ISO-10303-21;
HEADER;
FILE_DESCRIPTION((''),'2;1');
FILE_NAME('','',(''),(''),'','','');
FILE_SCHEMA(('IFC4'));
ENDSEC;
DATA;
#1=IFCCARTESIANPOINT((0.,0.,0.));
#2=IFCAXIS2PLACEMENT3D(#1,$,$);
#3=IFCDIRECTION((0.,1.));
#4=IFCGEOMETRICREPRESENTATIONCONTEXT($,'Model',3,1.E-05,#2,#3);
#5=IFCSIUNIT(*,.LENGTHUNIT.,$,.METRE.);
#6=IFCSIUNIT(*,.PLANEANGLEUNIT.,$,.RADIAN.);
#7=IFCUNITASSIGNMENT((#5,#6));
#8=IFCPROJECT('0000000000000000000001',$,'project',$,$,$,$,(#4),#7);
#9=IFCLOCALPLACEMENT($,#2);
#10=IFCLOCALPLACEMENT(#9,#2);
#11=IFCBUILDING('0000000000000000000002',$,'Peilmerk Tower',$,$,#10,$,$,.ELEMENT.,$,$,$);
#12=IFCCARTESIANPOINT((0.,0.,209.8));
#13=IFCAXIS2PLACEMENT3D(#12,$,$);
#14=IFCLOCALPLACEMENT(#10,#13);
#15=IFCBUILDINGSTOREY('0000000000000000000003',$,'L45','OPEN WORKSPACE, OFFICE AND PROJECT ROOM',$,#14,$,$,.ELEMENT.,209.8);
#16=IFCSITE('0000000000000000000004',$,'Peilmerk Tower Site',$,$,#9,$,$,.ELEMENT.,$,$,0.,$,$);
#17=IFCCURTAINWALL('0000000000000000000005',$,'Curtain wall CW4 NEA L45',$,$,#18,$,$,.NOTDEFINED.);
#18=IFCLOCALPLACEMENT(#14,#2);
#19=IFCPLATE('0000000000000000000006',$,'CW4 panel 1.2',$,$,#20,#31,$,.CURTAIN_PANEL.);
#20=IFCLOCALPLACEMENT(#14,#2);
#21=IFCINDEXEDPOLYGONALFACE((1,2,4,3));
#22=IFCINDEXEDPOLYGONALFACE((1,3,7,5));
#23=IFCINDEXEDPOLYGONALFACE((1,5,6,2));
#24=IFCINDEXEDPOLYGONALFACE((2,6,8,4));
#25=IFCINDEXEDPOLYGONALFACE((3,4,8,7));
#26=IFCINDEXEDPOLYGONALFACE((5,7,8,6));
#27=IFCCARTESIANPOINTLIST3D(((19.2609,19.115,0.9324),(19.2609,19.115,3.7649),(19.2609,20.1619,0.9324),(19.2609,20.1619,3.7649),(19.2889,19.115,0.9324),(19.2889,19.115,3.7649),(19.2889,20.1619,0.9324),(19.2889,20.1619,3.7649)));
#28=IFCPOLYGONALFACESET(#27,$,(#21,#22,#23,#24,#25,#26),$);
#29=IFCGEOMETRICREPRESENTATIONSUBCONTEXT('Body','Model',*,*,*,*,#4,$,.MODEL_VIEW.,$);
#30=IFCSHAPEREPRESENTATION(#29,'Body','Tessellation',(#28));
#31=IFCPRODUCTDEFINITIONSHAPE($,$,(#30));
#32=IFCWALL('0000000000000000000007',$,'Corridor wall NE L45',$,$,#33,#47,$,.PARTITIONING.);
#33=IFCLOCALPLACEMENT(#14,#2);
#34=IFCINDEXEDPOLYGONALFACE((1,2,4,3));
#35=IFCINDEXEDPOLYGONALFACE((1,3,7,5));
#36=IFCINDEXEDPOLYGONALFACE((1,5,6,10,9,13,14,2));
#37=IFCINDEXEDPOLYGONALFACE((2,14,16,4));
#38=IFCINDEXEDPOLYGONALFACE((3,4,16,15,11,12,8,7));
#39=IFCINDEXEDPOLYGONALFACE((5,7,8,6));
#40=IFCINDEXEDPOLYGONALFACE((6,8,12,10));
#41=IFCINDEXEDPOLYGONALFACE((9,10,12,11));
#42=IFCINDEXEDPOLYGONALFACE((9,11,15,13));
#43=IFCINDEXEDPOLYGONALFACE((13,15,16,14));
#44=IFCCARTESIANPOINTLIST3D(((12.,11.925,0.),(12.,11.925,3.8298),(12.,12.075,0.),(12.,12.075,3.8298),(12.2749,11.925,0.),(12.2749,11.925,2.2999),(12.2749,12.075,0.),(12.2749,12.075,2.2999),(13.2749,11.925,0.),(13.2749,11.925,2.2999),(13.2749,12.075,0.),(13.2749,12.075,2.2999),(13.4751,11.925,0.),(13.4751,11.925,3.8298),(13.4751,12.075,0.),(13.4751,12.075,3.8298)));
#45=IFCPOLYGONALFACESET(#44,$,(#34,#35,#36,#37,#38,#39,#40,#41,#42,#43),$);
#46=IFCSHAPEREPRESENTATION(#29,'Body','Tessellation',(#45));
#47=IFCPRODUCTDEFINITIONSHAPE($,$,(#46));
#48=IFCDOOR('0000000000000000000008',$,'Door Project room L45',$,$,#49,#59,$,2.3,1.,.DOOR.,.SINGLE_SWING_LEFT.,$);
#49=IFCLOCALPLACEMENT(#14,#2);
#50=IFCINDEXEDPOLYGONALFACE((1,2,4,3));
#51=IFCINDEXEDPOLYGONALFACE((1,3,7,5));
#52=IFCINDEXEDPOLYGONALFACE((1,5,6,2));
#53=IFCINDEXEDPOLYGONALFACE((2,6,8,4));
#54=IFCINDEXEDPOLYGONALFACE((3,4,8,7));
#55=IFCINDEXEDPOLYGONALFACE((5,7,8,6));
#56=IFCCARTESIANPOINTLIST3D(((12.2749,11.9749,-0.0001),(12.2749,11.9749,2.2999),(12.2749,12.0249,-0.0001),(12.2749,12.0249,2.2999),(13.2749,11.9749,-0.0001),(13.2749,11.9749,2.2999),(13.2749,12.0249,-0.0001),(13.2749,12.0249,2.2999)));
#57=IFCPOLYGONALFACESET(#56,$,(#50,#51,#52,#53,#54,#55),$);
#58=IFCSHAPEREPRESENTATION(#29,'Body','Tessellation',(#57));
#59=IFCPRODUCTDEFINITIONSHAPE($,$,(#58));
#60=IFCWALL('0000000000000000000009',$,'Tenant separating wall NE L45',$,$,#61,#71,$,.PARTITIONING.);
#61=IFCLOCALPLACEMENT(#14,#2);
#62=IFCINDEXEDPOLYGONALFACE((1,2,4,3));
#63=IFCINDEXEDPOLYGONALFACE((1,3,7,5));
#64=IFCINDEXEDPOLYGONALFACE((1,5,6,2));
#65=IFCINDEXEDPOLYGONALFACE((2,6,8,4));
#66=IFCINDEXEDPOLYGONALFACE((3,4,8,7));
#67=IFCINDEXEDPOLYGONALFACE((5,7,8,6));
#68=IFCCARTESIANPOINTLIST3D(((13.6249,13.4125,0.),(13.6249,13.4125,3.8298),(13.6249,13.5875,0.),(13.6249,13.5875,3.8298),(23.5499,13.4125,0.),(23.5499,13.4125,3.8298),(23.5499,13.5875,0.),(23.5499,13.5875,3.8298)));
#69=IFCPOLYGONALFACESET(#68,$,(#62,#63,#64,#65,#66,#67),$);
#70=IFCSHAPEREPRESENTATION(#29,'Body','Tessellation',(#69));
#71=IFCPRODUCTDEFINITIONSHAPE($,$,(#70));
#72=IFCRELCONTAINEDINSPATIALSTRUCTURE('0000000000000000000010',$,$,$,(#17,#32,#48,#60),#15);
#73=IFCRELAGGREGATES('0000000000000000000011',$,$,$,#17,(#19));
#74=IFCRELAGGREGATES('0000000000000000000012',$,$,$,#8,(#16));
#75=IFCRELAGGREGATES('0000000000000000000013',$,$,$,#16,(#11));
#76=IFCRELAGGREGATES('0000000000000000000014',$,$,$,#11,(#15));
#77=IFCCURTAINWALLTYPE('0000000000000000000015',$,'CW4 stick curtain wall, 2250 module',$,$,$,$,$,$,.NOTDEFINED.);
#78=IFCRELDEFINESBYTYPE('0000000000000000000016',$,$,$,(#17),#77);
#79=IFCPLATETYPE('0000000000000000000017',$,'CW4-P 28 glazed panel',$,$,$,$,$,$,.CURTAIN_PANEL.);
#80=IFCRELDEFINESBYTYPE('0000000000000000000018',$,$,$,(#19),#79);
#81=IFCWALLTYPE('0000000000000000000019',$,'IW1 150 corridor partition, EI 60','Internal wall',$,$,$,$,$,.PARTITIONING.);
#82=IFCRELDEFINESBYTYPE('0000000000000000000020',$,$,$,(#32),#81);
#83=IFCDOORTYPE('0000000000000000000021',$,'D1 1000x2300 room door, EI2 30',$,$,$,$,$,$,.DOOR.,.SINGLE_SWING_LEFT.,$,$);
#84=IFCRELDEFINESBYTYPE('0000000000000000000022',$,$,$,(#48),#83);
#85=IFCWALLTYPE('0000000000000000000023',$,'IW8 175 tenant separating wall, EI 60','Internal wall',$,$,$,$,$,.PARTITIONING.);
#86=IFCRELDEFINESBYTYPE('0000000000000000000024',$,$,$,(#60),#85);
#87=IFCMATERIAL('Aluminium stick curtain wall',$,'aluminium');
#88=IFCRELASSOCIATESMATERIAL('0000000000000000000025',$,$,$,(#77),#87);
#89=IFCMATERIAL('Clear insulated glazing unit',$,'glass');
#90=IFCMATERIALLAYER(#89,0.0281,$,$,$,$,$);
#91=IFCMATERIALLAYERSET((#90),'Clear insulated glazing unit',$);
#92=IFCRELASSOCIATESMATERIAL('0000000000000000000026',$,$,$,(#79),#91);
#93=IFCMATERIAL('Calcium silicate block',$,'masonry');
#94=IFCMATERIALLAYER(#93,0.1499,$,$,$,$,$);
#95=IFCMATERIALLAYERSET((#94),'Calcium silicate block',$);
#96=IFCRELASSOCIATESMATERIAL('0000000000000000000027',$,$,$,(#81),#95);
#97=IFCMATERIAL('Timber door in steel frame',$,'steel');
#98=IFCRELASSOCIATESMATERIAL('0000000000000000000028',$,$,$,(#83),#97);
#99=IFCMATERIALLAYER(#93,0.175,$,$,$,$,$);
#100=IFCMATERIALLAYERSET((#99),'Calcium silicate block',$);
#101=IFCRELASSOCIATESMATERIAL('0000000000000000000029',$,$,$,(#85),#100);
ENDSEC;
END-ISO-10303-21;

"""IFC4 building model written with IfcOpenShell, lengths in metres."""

from ifc_helpers import new_model, si_unit, direction, frame, frame_2d, origin, origin_2d, place, context, subcontext, project, spatial, rectangle, extrude, material, layer, layer_set, type_object, element, fill, aggregate, save


model = new_model("IFC4")

# Units and contexts
model_context = context("Model", 3, precision=1e-05, world=origin(), true_north=direction((0.0, 1.0)))
body_context = subcontext(model_context, "Body", "Model", "MODEL_VIEW")
ifc_project = project(units=[si_unit("LENGTHUNIT", "METRE"), si_unit("PLANEANGLEUNIT", "RADIAN")], contexts=[model_context])

# Site, building, storey
site_placement = place(None, origin())
site = spatial("IfcSite", under=ifc_project, at=site_placement, Name="Peilmerk Tower Site", CompositionType="ELEMENT", RefElevation=0.0)
building_placement = place(site_placement, origin())
building = spatial("IfcBuilding", under=site, at=building_placement, Name="Peilmerk Tower", CompositionType="ELEMENT")
storey_placement = place(building_placement, frame((0.0, 0.0, 209.8)))
storey = spatial("IfcBuildingStorey", under=building, at=storey_placement, Name="L45", Description="OPEN WORKSPACE, OFFICE AND PROJECT ROOM", CompositionType="ELEMENT", Elevation=209.8)

# Curtain wall, plate
ifc_material_1 = material(Name="Aluminium stick curtain wall", Category="aluminium")
curtain_wall_type = type_object("IfcCurtainWallType", Name="CW4 stick curtain wall, 2250 module", PredefinedType="NOTDEFINED", material=ifc_material_1)
curtain_wall_placement = place(storey_placement, origin())
curtain_wall = element("IfcCurtainWall", 1, at=curtain_wall_placement, inside=storey, type_object=curtain_wall_type, Name="Curtain wall CW4 NEA L45", PredefinedType="NOTDEFINED")
ifc_material_2 = material(Name="Clear insulated glazing unit", Category="glass")
ifc_layer_1 = layer(ifc_material_2, 0.0281)
ifc_layer_set_1 = layer_set([ifc_layer_1], Name="Clear insulated glazing unit")
plate_type = type_object("IfcPlateType", Name="CW4-P 28 glazed panel", PredefinedType="CURTAIN_PANEL", material=ifc_layer_set_1)
plate_1_placement = place(storey_placement, frame((19.2749, 19.6384, 0.9324), z_axis=(0.0, 0.0, 1.0), x_axis=(0.0, 1.0, 0.0)))
plate_1 = element("IfcPlate", 2, at=plate_1_placement, type_object=plate_type, Name="CW4 panel 1.2", PredefinedType="CURTAIN_PANEL", context=body_context, shape_type="SweptSolid", body=[
    extrude(rectangle(XDim=1.0469, YDim=0.0281, at=origin_2d()), origin(), (0.0, 0.0, 1.0), 2.8325),
])
aggregate(curtain_wall, [plate_1])

# Wall, opening, door
ifc_material_3 = material(Name="Calcium silicate block", Category="masonry")
ifc_layer_2 = layer(ifc_material_3, 0.1499)
ifc_layer_set_2 = layer_set([ifc_layer_2], Name="Calcium silicate block")
wall_type_1 = type_object("IfcWallType", Name="IW1 150 corridor partition, EI 60", Description="Internal wall", PredefinedType="PARTITIONING", material=ifc_layer_set_2)
wall_1_placement = place(storey_placement, frame((12.0, 12.0, 0.0), z_axis=(0.0, 0.0, 1.0), x_axis=(1.0, 0.0, 0.0)))
wall_1 = element("IfcWall", 3, at=wall_1_placement, inside=storey, type_object=wall_type_1, Name="Corridor wall NE L45", PredefinedType="PARTITIONING", context=body_context, shape_type="SweptSolid", body=[
    extrude(rectangle(XDim=1.4751, YDim=0.1499, at=frame_2d((0.7375, 0.0))), origin(), (0.0, 0.0, 1.0), 3.8298),
])
opening_placement = place(wall_1_placement, frame((0.2749, 0.0, 0.0)))
opening = element("IfcOpeningElement", 4, at=opening_placement, cuts=wall_1, PredefinedType="OPENING", context=body_context, shape_type="SweptSolid", body=[
    extrude(rectangle(XDim=1.0, YDim=2.3, at=frame_2d((0.5, 1.1499))), frame((0.0, 0.085, 0.0), z_axis=(0.0, -1.0, 0.0), x_axis=(1.0, 0.0, 0.0)), (0.0, 0.0, 1.0), 0.1699),
])
ifc_material_4 = material(Name="Timber door in steel frame", Category="steel")
door_type = type_object("IfcDoorType", Name="D1 1000x2300 room door, EI2 30", OperationType="SINGLE_SWING_LEFT", PredefinedType="DOOR", material=ifc_material_4)
door_placement = place(opening_placement, origin())
door = element("IfcDoor", 5, at=door_placement, inside=storey, type_object=door_type, Name="Door Project room L45", OperationType="SINGLE_SWING_LEFT", OverallHeight=2.3, OverallWidth=1.0, PredefinedType="DOOR", context=body_context, shape_type="SweptSolid", body=[
    extrude(rectangle(XDim=1.0, YDim=2.3, at=frame_2d((0.5, 1.1499))), frame((0.0, 0.0249, 0.0), z_axis=(0.0, -1.0, 0.0), x_axis=(1.0, 0.0, 0.0)), (0.0, 0.0, 1.0), 0.05),
])
fill(opening, door)

# Wall
ifc_layer_3 = layer(ifc_material_3, 0.175)
ifc_layer_set_3 = layer_set([ifc_layer_3], Name="Calcium silicate block")
wall_type_2 = type_object("IfcWallType", Name="IW8 175 tenant separating wall, EI 60", Description="Internal wall", PredefinedType="PARTITIONING", material=ifc_layer_set_3)
wall_2_placement = place(storey_placement, frame((13.625, 13.5, 0.0), z_axis=(0.0, 0.0, 1.0), x_axis=(1.0, 0.0, 0.0)))
element("IfcWall", 6, at=wall_2_placement, inside=storey, type_object=wall_type_2, Name="Tenant separating wall NE L45", PredefinedType="PARTITIONING", context=body_context, shape_type="SweptSolid", body=[
    extrude(rectangle(XDim=9.925, YDim=0.175, at=frame_2d((4.9624, 0.0))), origin(), (0.0, 0.0, 1.0), 3.8298),
])

save(model, "model.ifc")
